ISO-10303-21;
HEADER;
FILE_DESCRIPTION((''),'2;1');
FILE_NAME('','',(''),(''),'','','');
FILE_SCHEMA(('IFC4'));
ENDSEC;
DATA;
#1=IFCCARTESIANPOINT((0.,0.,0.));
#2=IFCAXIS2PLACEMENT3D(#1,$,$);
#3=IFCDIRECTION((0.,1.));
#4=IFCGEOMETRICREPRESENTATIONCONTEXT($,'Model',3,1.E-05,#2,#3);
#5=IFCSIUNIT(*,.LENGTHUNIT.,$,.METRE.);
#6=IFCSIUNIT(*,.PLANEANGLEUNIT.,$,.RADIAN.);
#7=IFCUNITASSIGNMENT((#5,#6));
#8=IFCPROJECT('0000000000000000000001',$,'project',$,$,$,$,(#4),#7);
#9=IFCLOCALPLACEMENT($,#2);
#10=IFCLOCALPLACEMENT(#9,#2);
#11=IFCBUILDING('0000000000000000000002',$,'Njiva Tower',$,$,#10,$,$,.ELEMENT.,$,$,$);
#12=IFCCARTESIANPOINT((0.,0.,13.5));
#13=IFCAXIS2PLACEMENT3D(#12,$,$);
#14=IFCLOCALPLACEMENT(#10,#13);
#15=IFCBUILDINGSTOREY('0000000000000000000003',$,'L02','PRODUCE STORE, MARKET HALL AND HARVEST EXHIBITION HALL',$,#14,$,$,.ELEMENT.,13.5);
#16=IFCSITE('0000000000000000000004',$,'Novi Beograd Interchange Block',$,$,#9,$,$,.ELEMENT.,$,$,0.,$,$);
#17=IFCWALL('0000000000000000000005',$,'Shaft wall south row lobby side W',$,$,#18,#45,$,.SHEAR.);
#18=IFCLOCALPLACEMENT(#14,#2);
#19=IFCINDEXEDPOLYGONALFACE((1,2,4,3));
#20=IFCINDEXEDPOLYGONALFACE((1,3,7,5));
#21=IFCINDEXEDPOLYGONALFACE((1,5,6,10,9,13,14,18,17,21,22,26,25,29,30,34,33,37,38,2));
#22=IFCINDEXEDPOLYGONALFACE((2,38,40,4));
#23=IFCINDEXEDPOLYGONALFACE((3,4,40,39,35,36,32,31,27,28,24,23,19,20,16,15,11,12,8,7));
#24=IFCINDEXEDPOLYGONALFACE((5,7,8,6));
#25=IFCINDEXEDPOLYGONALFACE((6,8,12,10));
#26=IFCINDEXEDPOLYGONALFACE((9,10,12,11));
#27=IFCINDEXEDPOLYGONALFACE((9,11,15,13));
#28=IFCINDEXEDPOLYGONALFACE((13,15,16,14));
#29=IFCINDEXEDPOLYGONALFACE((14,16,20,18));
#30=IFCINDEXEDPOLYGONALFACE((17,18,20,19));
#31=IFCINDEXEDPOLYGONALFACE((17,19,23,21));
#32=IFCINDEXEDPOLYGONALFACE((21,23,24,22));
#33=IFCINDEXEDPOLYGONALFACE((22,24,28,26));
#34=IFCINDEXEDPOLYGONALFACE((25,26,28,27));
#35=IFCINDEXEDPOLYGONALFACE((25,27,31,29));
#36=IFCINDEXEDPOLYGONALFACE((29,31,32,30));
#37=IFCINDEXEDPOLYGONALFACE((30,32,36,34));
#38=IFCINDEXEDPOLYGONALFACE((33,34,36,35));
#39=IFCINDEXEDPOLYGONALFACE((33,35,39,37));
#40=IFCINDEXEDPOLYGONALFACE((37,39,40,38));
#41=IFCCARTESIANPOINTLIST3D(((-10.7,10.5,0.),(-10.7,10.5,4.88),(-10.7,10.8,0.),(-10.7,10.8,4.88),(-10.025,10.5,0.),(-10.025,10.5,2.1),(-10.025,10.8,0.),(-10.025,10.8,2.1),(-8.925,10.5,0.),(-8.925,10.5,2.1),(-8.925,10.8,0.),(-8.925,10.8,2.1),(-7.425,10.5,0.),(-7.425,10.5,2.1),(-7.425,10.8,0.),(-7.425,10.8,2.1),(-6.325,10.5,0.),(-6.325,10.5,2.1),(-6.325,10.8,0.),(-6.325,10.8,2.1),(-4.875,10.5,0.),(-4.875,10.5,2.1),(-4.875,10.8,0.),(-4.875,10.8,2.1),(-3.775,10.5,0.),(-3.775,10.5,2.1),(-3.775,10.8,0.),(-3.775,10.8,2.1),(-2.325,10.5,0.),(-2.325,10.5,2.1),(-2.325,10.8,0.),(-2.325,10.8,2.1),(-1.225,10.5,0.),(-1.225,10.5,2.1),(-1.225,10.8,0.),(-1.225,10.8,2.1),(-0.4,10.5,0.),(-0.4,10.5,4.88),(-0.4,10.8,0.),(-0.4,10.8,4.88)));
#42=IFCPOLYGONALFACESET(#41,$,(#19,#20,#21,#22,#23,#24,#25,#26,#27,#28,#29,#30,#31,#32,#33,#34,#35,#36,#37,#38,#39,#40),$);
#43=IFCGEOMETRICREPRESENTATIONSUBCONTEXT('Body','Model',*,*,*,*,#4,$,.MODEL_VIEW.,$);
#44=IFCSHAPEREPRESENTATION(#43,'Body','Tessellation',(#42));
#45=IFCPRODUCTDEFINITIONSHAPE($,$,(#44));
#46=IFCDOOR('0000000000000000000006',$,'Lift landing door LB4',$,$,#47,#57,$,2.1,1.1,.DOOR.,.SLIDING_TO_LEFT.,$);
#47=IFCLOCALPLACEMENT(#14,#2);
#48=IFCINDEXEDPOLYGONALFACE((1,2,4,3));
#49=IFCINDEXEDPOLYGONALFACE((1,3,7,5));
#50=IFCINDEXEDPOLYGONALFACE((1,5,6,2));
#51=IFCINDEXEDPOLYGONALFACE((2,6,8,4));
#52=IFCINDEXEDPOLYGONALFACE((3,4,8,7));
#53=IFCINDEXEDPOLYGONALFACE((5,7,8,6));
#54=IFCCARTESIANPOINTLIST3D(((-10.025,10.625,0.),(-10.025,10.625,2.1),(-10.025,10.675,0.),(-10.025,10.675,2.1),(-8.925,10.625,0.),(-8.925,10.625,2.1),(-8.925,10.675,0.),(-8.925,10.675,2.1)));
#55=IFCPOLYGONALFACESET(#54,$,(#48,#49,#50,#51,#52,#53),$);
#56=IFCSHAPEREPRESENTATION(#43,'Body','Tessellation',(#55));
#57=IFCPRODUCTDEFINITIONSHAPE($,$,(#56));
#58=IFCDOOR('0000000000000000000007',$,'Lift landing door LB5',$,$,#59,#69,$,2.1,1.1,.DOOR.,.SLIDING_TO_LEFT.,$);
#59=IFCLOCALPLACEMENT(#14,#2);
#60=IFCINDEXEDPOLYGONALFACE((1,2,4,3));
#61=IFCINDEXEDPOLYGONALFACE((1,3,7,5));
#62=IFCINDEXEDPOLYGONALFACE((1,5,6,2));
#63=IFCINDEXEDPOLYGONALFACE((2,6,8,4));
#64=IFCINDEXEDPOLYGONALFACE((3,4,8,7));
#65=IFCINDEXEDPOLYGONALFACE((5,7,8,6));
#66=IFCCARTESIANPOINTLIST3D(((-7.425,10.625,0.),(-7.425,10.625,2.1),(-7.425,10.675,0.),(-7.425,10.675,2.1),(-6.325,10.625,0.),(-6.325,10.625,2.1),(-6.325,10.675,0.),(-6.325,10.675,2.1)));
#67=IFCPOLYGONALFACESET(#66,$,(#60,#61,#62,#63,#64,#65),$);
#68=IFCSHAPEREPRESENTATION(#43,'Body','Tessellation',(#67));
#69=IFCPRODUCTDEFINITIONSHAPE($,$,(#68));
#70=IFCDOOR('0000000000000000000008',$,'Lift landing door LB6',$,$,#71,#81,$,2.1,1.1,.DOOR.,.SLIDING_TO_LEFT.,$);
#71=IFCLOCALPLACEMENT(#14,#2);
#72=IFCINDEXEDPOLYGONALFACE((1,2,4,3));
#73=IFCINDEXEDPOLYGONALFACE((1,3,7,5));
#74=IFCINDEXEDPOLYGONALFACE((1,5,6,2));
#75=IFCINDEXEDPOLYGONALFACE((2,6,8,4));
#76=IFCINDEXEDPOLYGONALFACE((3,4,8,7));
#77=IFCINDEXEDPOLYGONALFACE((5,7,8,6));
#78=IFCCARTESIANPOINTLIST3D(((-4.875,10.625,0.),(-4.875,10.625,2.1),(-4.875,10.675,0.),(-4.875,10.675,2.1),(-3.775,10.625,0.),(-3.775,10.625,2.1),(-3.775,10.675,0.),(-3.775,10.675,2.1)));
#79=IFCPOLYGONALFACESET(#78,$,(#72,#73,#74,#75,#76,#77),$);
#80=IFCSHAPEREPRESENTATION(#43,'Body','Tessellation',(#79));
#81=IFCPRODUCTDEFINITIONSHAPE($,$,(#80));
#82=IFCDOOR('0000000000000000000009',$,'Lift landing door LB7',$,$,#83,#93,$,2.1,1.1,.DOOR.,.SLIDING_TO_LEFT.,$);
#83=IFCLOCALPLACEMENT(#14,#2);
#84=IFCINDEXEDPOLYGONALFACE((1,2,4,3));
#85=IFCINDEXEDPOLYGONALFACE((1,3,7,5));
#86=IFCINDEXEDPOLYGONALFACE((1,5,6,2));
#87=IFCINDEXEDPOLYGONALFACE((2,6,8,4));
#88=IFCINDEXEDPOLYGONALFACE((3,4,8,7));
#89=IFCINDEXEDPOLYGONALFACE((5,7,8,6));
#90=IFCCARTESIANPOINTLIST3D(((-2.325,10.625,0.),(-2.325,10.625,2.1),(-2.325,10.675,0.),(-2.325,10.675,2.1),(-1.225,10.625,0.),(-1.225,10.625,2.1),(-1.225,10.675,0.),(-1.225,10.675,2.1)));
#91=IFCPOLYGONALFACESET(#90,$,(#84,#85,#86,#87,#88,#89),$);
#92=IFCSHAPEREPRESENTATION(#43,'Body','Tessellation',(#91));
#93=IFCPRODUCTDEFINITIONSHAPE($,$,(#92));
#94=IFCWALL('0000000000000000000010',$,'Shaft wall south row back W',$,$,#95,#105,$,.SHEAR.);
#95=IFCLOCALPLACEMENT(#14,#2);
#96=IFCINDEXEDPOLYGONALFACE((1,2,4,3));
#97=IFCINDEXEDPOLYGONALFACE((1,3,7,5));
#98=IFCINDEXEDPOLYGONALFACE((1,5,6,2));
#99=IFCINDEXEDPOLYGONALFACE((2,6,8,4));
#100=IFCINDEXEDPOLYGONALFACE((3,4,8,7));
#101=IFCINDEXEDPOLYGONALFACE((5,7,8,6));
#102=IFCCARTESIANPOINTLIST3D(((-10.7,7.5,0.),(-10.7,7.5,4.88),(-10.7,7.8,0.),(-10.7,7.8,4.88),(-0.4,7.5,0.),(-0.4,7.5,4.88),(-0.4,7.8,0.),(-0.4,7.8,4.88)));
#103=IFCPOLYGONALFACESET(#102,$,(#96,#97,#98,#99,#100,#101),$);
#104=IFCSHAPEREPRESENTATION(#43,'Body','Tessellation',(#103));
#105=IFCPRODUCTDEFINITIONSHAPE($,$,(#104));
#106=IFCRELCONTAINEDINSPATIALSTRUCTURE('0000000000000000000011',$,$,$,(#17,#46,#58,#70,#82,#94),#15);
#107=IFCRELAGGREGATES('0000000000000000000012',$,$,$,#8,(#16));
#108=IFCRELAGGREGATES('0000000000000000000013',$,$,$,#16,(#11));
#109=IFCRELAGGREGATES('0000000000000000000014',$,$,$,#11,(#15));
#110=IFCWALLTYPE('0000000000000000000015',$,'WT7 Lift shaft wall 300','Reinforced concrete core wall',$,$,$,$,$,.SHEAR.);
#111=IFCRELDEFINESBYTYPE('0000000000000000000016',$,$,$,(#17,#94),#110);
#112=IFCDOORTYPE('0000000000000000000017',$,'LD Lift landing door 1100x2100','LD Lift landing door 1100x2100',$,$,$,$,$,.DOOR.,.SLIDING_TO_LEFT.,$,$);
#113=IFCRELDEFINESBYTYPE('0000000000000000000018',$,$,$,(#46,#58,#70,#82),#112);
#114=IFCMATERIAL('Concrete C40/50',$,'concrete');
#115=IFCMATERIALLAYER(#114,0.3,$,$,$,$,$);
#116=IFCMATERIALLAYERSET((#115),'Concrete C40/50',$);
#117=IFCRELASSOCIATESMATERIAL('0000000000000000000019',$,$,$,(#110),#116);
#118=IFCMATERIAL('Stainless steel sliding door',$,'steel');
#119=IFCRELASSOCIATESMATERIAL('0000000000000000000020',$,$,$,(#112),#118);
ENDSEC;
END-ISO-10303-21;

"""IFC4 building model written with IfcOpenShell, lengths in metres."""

from ifc_helpers import new_model, si_unit, direction, frame, frame_2d, origin, place, context, subcontext, project, spatial, rectangle, extrude, material, layer, layer_set, type_object, element, fill, save


model = new_model("IFC4")

# Units and contexts
model_context = context("Model", 3, precision=1e-05, world=origin(), true_north=direction((0.0, 1.0)))
body_context = subcontext(model_context, "Body", "Model", "MODEL_VIEW")
ifc_project = project(units=[si_unit("LENGTHUNIT", "METRE"), si_unit("PLANEANGLEUNIT", "RADIAN")], contexts=[model_context])

# Site, building, storey
site_placement = place(None, origin())
site = spatial("IfcSite", under=ifc_project, at=site_placement, Name="Novi Beograd Interchange Block", CompositionType="ELEMENT", RefElevation=0.0)
building_placement = place(site_placement, origin())
building = spatial("IfcBuilding", under=site, at=building_placement, Name="Njiva Tower", CompositionType="ELEMENT")
storey_placement = place(building_placement, frame((0.0, 0.0, 13.5)))
storey = spatial("IfcBuildingStorey", under=building, at=storey_placement, Name="L02", Description="PRODUCE STORE, MARKET HALL AND HARVEST EXHIBITION HALL", CompositionType="ELEMENT", Elevation=13.5)

# Shared definitions
ifc_material_1 = material(Name="Concrete C40/50", Category="concrete")

# Wall, openings, doors
ifc_layer_1 = layer(ifc_material_1, 0.3)
ifc_layer_set_1 = layer_set([ifc_layer_1], Name="Concrete C40/50")
wall_type_1 = type_object("IfcWallType", Name="WT7 Lift shaft wall 300", Description="Reinforced concrete core wall", PredefinedType="SHEAR", material=ifc_layer_set_1)
wall_1_placement = place(storey_placement, frame((-10.7, 10.65, 0.0), z_axis=(0.0, 0.0, 1.0), x_axis=(1.0, 0.0, 0.0)))
wall_1 = element("IfcWall", 1, at=wall_1_placement, inside=storey, type_object=wall_type_1, Name="Shaft wall south row lobby side W", PredefinedType="SHEAR", context=body_context, shape_type="SweptSolid", body=[
    extrude(rectangle(XDim=10.3, YDim=0.3, at=frame_2d((5.15, 0.0))), origin(), (0.0, 0.0, 1.0), 4.88),
])
opening_1_placement = place(wall_1_placement, frame((0.675, 0.0, 0.0)))
opening_1 = element("IfcOpeningElement", 2, at=opening_1_placement, cuts=wall_1, PredefinedType="OPENING", context=body_context, shape_type="SweptSolid", body=[
    extrude(rectangle(XDim=1.1, YDim=2.1, at=frame_2d((0.55, 1.05))), frame((0.0, 0.16, 0.0), z_axis=(0.0, -1.0, 0.0), x_axis=(1.0, 0.0, 0.0)), (0.0, 0.0, 1.0), 0.32),
])
opening_2_placement = place(wall_1_placement, frame((3.275, 0.0, 0.0)))
opening_2 = element("IfcOpeningElement", 3, at=opening_2_placement, cuts=wall_1, PredefinedType="OPENING", context=body_context, shape_type="SweptSolid", body=[
    extrude(rectangle(XDim=1.1, YDim=2.1, at=frame_2d((0.55, 1.05))), frame((0.0, 0.16, 0.0), z_axis=(0.0, -1.0, 0.0), x_axis=(1.0, 0.0, 0.0)), (0.0, 0.0, 1.0), 0.32),
])
opening_3_placement = place(wall_1_placement, frame((5.825, 0.0, 0.0)))
opening_3 = element("IfcOpeningElement", 4, at=opening_3_placement, cuts=wall_1, PredefinedType="OPENING", context=body_context, shape_type="SweptSolid", body=[
    extrude(rectangle(XDim=1.1, YDim=2.1, at=frame_2d((0.55, 1.05))), frame((0.0, 0.16, 0.0), z_axis=(0.0, -1.0, 0.0), x_axis=(1.0, 0.0, 0.0)), (0.0, 0.0, 1.0), 0.32),
])
opening_4_placement = place(wall_1_placement, frame((8.375, 0.0, 0.0)))
opening_4 = element("IfcOpeningElement", 5, at=opening_4_placement, cuts=wall_1, PredefinedType="OPENING", context=body_context, shape_type="SweptSolid", body=[
    extrude(rectangle(XDim=1.1, YDim=2.1, at=frame_2d((0.55, 1.05))), frame((0.0, 0.16, 0.0), z_axis=(0.0, -1.0, 0.0), x_axis=(1.0, 0.0, 0.0)), (0.0, 0.0, 1.0), 0.32),
])
ifc_material_2 = material(Name="Stainless steel sliding door", Category="steel")
door_type_1 = type_object("IfcDoorType", Name="LD Lift landing door 1100x2100", Description="LD Lift landing door 1100x2100", OperationType="SLIDING_TO_LEFT", PredefinedType="DOOR", material=ifc_material_2)
door_1_placement = place(opening_1_placement, origin())
door_1 = element("IfcDoor", 6, at=door_1_placement, inside=storey, type_object=door_type_1, Name="Lift landing door LB4", OperationType="SLIDING_TO_LEFT", OverallHeight=2.1, OverallWidth=1.1, PredefinedType="DOOR", context=body_context, shape_type="SweptSolid", body=[
    extrude(rectangle(XDim=1.1, YDim=2.1, at=frame_2d((0.55, 1.05))), frame((0.0, 0.025, 0.0), z_axis=(0.0, -1.0, 0.0), x_axis=(1.0, 0.0, 0.0)), (0.0, 0.0, 1.0), 0.05),
])
fill(opening_1, door_1)
door_2_placement = place(opening_2_placement, origin())
door_2 = element("IfcDoor", 7, at=door_2_placement, inside=storey, type_object=door_type_1, Name="Lift landing door LB5", OperationType="SLIDING_TO_LEFT", OverallHeight=2.1, OverallWidth=1.1, PredefinedType="DOOR", context=body_context, shape_type="SweptSolid", body=[
    extrude(rectangle(XDim=1.1, YDim=2.1, at=frame_2d((0.55, 1.05))), frame((0.0, 0.025, 0.0), z_axis=(0.0, -1.0, 0.0), x_axis=(1.0, 0.0, 0.0)), (0.0, 0.0, 1.0), 0.05),
])
fill(opening_2, door_2)
door_3_placement = place(opening_3_placement, origin())
door_3 = element("IfcDoor", 8, at=door_3_placement, inside=storey, type_object=door_type_1, Name="Lift landing door LB6", OperationType="SLIDING_TO_LEFT", OverallHeight=2.1, OverallWidth=1.1, PredefinedType="DOOR", context=body_context, shape_type="SweptSolid", body=[
    extrude(rectangle(XDim=1.1, YDim=2.1, at=frame_2d((0.55, 1.05))), frame((0.0, 0.025, 0.0), z_axis=(0.0, -1.0, 0.0), x_axis=(1.0, 0.0, 0.0)), (0.0, 0.0, 1.0), 0.05),
])
fill(opening_3, door_3)
door_4_placement = place(opening_4_placement, origin())
door_4 = element("IfcDoor", 9, at=door_4_placement, inside=storey, type_object=door_type_1, Name="Lift landing door LB7", OperationType="SLIDING_TO_LEFT", OverallHeight=2.1, OverallWidth=1.1, PredefinedType="DOOR", context=body_context, shape_type="SweptSolid", body=[
    extrude(rectangle(XDim=1.1, YDim=2.1, at=frame_2d((0.55, 1.05))), frame((0.0, 0.025, 0.0), z_axis=(0.0, -1.0, 0.0), x_axis=(1.0, 0.0, 0.0)), (0.0, 0.0, 1.0), 0.05),
])
fill(opening_4, door_4)

# Wall
wall_2_placement = place(storey_placement, frame((-10.7, 7.65, 0.0), z_axis=(0.0, 0.0, 1.0), x_axis=(1.0, 0.0, 0.0)))
element("IfcWall", 10, at=wall_2_placement, inside=storey, type_object=wall_type_1, Name="Shaft wall south row back W", PredefinedType="SHEAR", context=body_context, shape_type="SweptSolid", body=[
    extrude(rectangle(XDim=10.3, YDim=0.3, at=frame_2d((5.15, 0.0))), origin(), (0.0, 0.0, 1.0), 4.88),
])

save(model, "model.ifc")
